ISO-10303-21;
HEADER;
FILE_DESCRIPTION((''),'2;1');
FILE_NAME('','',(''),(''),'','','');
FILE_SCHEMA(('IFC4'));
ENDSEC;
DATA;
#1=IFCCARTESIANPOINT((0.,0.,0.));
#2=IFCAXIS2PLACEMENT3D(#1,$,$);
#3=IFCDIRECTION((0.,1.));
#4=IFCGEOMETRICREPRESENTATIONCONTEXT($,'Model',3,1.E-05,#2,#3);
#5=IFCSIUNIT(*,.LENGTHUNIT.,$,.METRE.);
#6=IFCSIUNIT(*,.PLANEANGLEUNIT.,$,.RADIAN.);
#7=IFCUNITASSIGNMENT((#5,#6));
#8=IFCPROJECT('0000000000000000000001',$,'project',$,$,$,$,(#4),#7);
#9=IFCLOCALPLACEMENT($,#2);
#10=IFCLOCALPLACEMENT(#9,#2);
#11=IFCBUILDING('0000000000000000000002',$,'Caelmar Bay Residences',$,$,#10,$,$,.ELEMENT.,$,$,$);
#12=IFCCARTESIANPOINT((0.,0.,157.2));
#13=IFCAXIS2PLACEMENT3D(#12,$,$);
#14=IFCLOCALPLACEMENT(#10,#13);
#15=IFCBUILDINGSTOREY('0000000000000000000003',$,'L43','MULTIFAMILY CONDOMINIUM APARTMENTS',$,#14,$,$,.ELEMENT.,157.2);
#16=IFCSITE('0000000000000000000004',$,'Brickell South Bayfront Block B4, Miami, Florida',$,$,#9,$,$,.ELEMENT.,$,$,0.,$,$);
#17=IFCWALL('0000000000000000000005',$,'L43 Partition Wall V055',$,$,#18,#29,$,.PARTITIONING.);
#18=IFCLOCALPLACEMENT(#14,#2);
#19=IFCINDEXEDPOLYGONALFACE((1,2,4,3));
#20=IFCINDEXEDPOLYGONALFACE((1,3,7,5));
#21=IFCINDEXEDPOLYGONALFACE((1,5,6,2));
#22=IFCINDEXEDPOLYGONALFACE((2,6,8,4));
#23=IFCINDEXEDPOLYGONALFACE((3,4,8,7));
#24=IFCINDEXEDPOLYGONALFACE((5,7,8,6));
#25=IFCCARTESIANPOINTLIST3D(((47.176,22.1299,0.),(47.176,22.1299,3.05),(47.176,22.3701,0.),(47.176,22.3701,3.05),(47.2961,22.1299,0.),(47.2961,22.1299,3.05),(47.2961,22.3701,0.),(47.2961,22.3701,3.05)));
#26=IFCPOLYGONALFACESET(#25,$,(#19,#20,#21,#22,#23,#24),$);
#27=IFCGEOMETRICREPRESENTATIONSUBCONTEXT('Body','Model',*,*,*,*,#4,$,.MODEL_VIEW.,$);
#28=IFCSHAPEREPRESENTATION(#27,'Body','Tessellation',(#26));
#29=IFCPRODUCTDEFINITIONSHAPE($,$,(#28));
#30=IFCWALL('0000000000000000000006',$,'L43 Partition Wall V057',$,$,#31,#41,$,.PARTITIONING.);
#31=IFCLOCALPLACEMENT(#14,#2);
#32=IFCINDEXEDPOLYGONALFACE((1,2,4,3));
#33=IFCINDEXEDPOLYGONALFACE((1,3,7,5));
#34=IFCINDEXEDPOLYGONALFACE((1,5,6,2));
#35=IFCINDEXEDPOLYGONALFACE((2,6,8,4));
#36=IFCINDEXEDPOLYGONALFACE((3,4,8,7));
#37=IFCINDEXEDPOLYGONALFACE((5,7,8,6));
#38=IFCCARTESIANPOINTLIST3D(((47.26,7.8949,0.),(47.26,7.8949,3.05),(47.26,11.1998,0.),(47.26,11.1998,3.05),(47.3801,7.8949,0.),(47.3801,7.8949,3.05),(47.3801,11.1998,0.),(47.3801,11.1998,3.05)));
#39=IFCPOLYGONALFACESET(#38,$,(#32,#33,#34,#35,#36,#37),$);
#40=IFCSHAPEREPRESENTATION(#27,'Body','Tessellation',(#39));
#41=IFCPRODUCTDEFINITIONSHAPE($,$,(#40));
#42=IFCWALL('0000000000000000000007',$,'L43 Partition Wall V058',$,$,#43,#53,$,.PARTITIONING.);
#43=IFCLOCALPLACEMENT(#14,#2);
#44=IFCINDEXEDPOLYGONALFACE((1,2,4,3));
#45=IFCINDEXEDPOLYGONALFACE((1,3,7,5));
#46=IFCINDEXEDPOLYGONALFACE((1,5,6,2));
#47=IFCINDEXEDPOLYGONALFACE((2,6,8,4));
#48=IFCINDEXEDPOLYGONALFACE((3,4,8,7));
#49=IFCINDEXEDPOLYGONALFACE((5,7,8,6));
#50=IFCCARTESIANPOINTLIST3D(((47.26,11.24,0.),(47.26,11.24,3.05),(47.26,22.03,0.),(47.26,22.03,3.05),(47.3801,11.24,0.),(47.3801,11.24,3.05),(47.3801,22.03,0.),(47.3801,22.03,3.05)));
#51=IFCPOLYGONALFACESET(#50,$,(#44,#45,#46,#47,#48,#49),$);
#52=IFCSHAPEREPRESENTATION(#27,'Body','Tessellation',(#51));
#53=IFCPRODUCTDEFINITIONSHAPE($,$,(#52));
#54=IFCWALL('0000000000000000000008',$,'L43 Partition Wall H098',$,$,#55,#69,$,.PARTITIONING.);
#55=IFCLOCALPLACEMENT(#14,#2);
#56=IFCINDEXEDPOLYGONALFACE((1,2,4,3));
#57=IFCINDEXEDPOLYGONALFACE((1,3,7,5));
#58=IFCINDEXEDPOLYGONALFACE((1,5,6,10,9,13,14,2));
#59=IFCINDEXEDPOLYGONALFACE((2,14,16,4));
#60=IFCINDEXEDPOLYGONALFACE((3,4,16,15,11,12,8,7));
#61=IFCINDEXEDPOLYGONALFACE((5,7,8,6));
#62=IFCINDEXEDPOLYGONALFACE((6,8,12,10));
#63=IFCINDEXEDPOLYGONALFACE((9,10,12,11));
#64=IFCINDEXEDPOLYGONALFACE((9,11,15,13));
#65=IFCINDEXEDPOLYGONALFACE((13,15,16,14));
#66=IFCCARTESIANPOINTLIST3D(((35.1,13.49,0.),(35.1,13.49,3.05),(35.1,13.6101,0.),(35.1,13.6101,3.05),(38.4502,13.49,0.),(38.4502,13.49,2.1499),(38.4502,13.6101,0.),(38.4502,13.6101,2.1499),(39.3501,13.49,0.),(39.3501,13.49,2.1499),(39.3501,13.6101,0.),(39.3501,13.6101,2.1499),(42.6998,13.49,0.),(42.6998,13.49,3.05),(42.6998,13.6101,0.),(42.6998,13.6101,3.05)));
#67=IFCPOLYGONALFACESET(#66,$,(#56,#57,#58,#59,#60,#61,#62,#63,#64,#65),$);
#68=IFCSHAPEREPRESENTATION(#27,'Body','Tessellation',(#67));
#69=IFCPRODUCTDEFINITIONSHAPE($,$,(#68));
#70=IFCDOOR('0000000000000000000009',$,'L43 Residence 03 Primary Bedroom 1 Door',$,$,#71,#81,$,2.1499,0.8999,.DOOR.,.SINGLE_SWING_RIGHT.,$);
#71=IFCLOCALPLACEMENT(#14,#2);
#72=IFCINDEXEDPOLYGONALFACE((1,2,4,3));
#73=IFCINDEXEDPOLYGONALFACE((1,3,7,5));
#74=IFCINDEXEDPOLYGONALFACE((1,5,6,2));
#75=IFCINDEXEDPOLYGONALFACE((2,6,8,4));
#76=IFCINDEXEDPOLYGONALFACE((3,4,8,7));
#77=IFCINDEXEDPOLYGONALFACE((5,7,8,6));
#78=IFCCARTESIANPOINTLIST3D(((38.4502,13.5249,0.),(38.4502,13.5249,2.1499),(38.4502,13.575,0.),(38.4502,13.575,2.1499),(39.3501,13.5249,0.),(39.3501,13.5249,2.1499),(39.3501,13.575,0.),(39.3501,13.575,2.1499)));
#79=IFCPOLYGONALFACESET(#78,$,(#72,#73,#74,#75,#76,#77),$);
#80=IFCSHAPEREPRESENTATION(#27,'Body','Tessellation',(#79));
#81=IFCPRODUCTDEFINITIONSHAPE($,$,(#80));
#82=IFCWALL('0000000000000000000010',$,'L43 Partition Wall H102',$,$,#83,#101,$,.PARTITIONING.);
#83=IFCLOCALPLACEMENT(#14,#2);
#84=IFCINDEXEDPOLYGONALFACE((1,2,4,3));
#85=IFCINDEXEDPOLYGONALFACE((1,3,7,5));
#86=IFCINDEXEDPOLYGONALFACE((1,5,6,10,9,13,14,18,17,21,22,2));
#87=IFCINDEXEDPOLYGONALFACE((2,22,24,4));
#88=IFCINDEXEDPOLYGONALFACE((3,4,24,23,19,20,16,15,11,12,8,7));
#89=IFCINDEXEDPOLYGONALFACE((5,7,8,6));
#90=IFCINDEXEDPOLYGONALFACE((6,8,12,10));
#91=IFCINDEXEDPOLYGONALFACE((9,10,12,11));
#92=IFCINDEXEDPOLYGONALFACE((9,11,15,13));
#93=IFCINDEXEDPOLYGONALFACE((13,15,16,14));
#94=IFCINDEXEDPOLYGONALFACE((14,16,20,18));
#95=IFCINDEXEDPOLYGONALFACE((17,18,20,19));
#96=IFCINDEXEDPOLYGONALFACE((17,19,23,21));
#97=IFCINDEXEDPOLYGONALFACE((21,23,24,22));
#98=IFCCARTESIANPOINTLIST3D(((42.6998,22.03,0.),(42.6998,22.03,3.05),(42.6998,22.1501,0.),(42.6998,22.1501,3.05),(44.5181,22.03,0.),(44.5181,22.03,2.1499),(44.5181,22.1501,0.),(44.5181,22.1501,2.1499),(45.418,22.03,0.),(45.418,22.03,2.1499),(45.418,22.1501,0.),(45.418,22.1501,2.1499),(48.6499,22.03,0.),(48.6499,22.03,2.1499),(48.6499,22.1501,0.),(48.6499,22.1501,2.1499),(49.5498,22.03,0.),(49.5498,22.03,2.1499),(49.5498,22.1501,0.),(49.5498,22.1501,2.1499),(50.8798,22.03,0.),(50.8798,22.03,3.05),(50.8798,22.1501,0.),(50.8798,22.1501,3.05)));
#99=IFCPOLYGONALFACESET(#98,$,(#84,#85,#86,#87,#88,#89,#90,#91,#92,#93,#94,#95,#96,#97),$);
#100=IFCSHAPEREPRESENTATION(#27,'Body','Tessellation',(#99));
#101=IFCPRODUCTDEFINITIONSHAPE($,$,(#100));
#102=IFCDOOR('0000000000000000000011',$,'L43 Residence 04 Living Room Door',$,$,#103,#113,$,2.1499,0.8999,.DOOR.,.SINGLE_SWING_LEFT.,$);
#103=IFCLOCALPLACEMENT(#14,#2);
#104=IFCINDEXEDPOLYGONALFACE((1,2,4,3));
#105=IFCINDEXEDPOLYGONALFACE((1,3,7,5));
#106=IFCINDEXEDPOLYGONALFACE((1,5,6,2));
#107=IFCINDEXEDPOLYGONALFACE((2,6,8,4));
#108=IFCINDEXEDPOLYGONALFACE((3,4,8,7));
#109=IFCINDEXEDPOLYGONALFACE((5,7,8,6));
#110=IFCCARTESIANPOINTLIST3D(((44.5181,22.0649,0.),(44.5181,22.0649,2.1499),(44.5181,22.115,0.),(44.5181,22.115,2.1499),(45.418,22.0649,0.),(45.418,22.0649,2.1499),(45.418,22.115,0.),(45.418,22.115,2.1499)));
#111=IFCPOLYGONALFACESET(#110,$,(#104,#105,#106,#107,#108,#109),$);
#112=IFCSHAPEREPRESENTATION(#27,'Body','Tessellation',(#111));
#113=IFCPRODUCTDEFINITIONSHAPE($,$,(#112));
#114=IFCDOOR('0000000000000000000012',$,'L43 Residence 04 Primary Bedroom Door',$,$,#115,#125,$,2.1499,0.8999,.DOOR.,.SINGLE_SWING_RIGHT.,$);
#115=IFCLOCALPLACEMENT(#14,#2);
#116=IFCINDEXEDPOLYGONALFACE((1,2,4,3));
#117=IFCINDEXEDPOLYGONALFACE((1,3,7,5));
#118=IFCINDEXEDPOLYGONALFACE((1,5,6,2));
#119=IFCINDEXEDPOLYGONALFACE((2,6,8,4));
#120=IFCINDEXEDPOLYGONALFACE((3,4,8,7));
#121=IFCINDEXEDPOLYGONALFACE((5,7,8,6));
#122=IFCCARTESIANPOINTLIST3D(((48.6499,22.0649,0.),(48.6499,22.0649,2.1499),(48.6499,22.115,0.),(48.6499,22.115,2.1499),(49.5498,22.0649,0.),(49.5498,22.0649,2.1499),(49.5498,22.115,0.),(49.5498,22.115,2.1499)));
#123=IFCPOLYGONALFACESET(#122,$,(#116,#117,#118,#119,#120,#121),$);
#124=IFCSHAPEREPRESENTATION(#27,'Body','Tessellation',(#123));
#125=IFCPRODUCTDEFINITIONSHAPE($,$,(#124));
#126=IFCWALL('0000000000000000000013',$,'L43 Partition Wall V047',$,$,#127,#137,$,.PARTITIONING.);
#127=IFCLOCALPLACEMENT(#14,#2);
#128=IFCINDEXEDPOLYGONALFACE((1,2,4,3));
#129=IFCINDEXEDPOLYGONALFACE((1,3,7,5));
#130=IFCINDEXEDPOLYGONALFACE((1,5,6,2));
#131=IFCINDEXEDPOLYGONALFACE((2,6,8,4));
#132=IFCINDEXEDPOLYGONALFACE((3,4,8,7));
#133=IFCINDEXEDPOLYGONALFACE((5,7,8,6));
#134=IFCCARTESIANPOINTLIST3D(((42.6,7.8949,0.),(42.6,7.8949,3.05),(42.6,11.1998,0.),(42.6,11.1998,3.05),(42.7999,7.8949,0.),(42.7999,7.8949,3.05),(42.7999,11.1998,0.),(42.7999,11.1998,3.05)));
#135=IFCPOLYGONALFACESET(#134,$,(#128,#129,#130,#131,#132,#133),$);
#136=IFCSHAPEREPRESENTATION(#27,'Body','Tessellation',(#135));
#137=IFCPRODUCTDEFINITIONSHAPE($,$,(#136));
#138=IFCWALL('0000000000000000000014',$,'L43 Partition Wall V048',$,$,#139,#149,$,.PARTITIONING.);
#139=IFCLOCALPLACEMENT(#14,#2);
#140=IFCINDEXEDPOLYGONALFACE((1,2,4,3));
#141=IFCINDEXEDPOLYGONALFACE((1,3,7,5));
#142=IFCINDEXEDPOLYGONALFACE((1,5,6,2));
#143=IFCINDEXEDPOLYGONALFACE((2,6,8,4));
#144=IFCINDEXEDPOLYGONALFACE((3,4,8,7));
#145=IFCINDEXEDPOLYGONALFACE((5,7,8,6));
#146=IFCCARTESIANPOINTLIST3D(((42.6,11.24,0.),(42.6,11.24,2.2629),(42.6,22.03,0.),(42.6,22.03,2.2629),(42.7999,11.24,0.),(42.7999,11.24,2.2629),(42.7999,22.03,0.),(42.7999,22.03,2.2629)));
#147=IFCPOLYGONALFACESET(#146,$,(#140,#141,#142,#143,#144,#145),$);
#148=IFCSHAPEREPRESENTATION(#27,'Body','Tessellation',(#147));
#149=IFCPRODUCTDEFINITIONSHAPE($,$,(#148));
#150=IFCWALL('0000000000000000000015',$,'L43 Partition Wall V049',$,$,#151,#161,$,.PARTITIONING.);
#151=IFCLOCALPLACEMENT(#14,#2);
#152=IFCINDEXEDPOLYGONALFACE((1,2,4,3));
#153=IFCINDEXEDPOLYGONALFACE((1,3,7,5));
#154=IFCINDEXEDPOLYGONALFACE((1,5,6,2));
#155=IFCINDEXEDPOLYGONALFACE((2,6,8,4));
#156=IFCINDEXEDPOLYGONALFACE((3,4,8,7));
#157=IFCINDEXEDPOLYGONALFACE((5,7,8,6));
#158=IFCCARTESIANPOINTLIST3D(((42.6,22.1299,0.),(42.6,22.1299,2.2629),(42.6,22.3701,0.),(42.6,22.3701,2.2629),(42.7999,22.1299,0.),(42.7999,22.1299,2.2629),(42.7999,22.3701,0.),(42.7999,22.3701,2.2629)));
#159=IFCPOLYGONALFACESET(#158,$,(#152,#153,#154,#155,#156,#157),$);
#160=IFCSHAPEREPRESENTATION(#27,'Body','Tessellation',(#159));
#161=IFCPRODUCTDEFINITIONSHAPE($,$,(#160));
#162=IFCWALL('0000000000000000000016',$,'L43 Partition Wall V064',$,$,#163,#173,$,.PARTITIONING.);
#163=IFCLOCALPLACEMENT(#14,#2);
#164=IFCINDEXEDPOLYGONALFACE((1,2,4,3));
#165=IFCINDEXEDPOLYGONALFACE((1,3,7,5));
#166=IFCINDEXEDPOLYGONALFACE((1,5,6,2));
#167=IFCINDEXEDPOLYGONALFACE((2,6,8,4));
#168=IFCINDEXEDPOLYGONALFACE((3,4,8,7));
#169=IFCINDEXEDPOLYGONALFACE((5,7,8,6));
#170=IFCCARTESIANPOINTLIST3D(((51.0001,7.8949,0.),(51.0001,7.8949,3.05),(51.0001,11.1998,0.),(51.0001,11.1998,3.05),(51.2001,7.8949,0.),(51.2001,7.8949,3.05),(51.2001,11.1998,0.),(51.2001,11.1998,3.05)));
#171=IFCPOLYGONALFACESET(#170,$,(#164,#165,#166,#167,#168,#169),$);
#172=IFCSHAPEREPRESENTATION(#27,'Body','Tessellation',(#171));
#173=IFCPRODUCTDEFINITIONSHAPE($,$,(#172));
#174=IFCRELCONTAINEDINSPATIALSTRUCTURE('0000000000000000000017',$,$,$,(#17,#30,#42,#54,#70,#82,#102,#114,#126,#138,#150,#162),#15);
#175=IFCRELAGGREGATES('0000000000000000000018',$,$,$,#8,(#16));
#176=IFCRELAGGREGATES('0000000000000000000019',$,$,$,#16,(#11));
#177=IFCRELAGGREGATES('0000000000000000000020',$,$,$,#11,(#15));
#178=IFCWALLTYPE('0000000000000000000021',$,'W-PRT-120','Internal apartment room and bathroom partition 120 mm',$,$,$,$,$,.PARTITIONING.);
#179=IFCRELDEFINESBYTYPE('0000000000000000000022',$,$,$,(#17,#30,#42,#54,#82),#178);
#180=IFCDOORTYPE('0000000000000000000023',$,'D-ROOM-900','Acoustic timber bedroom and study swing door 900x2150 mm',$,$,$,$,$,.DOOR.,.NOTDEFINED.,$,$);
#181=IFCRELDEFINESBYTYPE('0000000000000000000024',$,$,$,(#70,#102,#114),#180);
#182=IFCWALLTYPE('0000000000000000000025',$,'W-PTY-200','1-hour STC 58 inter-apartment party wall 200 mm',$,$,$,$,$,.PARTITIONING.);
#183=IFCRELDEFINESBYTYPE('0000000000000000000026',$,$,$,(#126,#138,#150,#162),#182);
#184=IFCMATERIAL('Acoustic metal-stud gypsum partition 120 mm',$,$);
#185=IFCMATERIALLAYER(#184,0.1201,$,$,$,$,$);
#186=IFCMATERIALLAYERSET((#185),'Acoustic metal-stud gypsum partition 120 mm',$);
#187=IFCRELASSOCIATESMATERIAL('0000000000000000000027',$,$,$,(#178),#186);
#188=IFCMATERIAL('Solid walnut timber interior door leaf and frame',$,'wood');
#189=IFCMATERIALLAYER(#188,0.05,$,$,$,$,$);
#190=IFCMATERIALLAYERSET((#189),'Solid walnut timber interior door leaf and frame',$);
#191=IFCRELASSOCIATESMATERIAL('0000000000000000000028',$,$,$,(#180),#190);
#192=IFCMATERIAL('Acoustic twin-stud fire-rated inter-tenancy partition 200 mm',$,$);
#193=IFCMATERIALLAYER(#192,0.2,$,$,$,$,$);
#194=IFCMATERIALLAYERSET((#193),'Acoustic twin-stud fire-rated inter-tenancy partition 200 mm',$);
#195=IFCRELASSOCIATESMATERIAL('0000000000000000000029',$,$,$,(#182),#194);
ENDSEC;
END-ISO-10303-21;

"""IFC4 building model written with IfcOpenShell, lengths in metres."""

from ifc_helpers import new_model, si_unit, direction, frame, frame_2d, origin, place, context, subcontext, project, spatial, rectangle, extrude, material, layer, layer_set, type_object, element, fill, save


model = new_model("IFC4")

# Units and contexts
model_context = context("Model", 3, precision=1e-05, world=origin(), true_north=direction((0.0, 1.0)))
body_context = subcontext(model_context, "Body", "Model", "MODEL_VIEW")
ifc_project = project(units=[si_unit("LENGTHUNIT", "METRE"), si_unit("PLANEANGLEUNIT", "RADIAN")], contexts=[model_context])

# Site, building, storey
site_placement = place(None, origin())
site = spatial("IfcSite", under=ifc_project, at=site_placement, Name="Brickell South Bayfront Block B4, Miami, Florida", CompositionType="ELEMENT", RefElevation=0.0)
building_placement = place(site_placement, origin())
building = spatial("IfcBuilding", under=site, at=building_placement, Name="Caelmar Bay Residences", CompositionType="ELEMENT")
storey_placement = place(building_placement, frame((0.0, 0.0, 157.2)))
storey = spatial("IfcBuildingStorey", under=building, at=storey_placement, Name="L43", Description="MULTIFAMILY CONDOMINIUM APARTMENTS", CompositionType="ELEMENT", Elevation=157.2)

# Walls
ifc_material_1 = material(Name="Acoustic metal-stud gypsum partition 120 mm")
ifc_layer_1 = layer(ifc_material_1, 0.1201)
ifc_layer_set_1 = layer_set([ifc_layer_1], Name="Acoustic metal-stud gypsum partition 120 mm")
wall_type_1 = type_object("IfcWallType", Name="W-PRT-120", Description="Internal apartment room and bathroom partition 120 mm", PredefinedType="PARTITIONING", material=ifc_layer_set_1)
wall_1_placement = place(storey_placement, frame((47.2361, 22.1299, 0.0), z_axis=(0.0, 0.0, 1.0), x_axis=(0.0, 1.0, 0.0)))
element("IfcWall", 1, at=wall_1_placement, inside=storey, type_object=wall_type_1, Name="L43 Partition Wall V055", PredefinedType="PARTITIONING", context=body_context, shape_type="SweptSolid", body=[
    extrude(rectangle(XDim=0.2402, YDim=0.1201, at=frame_2d((0.1201, 0.0))), origin(), (0.0, 0.0, 1.0), 3.05),
])
wall_2_placement = place(storey_placement, frame((47.3201, 7.895, 0.0), z_axis=(0.0, 0.0, 1.0), x_axis=(0.0, 1.0, 0.0)))
element("IfcWall", 2, at=wall_2_placement, inside=storey, type_object=wall_type_1, Name="L43 Partition Wall V057", PredefinedType="PARTITIONING", context=body_context, shape_type="SweptSolid", body=[
    extrude(rectangle(XDim=3.3049, YDim=0.1201, at=frame_2d((1.6523, 0.0))), origin(), (0.0, 0.0, 1.0), 3.05),
])
wall_3_placement = place(storey_placement, frame((47.3201, 11.24, 0.0), z_axis=(0.0, 0.0, 1.0), x_axis=(0.0, 1.0, 0.0)))
element("IfcWall", 3, at=wall_3_placement, inside=storey, type_object=wall_type_1, Name="L43 Partition Wall V058", PredefinedType="PARTITIONING", context=body_context, shape_type="SweptSolid", body=[
    extrude(rectangle(XDim=10.79, YDim=0.1201, at=frame_2d((5.395, 0.0))), origin(), (0.0, 0.0, 1.0), 3.05),
])

# Wall, opening, door
wall_4_placement = place(storey_placement, frame((35.1001, 13.55, 0.0), z_axis=(0.0, 0.0, 1.0), x_axis=(1.0, 0.0, 0.0)))
wall_4 = element("IfcWall", 4, at=wall_4_placement, inside=storey, type_object=wall_type_1, Name="L43 Partition Wall H098", PredefinedType="PARTITIONING", context=body_context, shape_type="SweptSolid", body=[
    extrude(rectangle(XDim=7.5999, YDim=0.1201, at=frame_2d((3.7998, 0.0))), origin(), (0.0, 0.0, 1.0), 3.05),
])
opening_1_placement = place(wall_4_placement, frame((3.3501, 0.0, 0.0)))
opening_1 = element("IfcOpeningElement", 5, at=opening_1_placement, cuts=wall_4, PredefinedType="OPENING", context=body_context, shape_type="SweptSolid", body=[
    extrude(rectangle(XDim=0.8999, YDim=2.1499, at=frame_2d((0.45, 1.075))), frame((0.0, 0.0701, 0.0), z_axis=(0.0, -1.0, 0.0), x_axis=(1.0, 0.0, 0.0)), (0.0, 0.0, 1.0), 0.1401),
])
ifc_material_2 = material(Name="Solid walnut timber interior door leaf and frame", Category="wood")
ifc_layer_2 = layer(ifc_material_2, 0.05)
ifc_layer_set_2 = layer_set([ifc_layer_2], Name="Solid walnut timber interior door leaf and frame")
door_type = type_object("IfcDoorType", Name="D-ROOM-900", Description="Acoustic timber bedroom and study swing door 900x2150 mm", OperationType="NOTDEFINED", PredefinedType="DOOR", material=ifc_layer_set_2)
door_1_placement = place(opening_1_placement, origin())
door_1 = element("IfcDoor", 6, at=door_1_placement, inside=storey, type_object=door_type, Name="L43 Residence 03 Primary Bedroom 1 Door", OperationType="SINGLE_SWING_RIGHT", OverallHeight=2.1499, OverallWidth=0.8999, PredefinedType="DOOR", context=body_context, shape_type="SweptSolid", body=[
    extrude(rectangle(XDim=0.8999, YDim=2.1499, at=frame_2d((0.45, 1.075))), frame((0.0, 0.0249, 0.0), z_axis=(0.0, -1.0, 0.0), x_axis=(1.0, 0.0, 0.0)), (0.0, 0.0, 1.0), 0.05),
])
fill(opening_1, door_1)

# Wall, openings, doors
wall_5_placement = place(storey_placement, frame((42.7, 22.0901, 0.0), z_axis=(0.0, 0.0, 1.0), x_axis=(1.0, 0.0, 0.0)))
wall_5 = element("IfcWall", 7, at=wall_5_placement, inside=storey, type_object=wall_type_1, Name="L43 Partition Wall H102", PredefinedType="PARTITIONING", context=body_context, shape_type="SweptSolid", body=[
    extrude(rectangle(XDim=8.1799, YDim=0.1201, at=frame_2d((4.0898, 0.0))), origin(), (0.0, 0.0, 1.0), 3.05),
])
opening_2_placement = place(wall_5_placement, frame((1.8181, 0.0, 0.0)))
opening_2 = element("IfcOpeningElement", 8, at=opening_2_placement, cuts=wall_5, PredefinedType="OPENING", context=body_context, shape_type="SweptSolid", body=[
    extrude(rectangle(XDim=0.8999, YDim=2.1499, at=frame_2d((0.45, 1.075))), frame((0.0, 0.0701, 0.0), z_axis=(0.0, -1.0, 0.0), x_axis=(1.0, 0.0, 0.0)), (0.0, 0.0, 1.0), 0.1401),
])
opening_3_placement = place(wall_5_placement, frame((5.95, 0.0, 0.0)))
opening_3 = element("IfcOpeningElement", 9, at=opening_3_placement, cuts=wall_5, PredefinedType="OPENING", context=body_context, shape_type="SweptSolid", body=[
    extrude(rectangle(XDim=0.8999, YDim=2.1499, at=frame_2d((0.45, 1.075))), frame((0.0, 0.0701, 0.0), z_axis=(0.0, -1.0, 0.0), x_axis=(1.0, 0.0, 0.0)), (0.0, 0.0, 1.0), 0.1401),
])
door_2_placement = place(opening_2_placement, origin())
door_2 = element("IfcDoor", 10, at=door_2_placement, inside=storey, type_object=door_type, Name="L43 Residence 04 Living Room Door", OperationType="SINGLE_SWING_LEFT", OverallHeight=2.1499, OverallWidth=0.8999, PredefinedType="DOOR", context=body_context, shape_type="SweptSolid", body=[
    extrude(rectangle(XDim=0.8999, YDim=2.1499, at=frame_2d((0.45, 1.075))), frame((0.0, 0.0249, 0.0), z_axis=(0.0, -1.0, 0.0), x_axis=(1.0, 0.0, 0.0)), (0.0, 0.0, 1.0), 0.05),
])
fill(opening_2, door_2)
door_3_placement = place(opening_3_placement, origin())
door_3 = element("IfcDoor", 11, at=door_3_placement, inside=storey, type_object=door_type, Name="L43 Residence 04 Primary Bedroom Door", OperationType="SINGLE_SWING_RIGHT", OverallHeight=2.1499, OverallWidth=0.8999, PredefinedType="DOOR", context=body_context, shape_type="SweptSolid", body=[
    extrude(rectangle(XDim=0.8999, YDim=2.1499, at=frame_2d((0.45, 1.075))), frame((0.0, 0.0249, 0.0), z_axis=(0.0, -1.0, 0.0), x_axis=(1.0, 0.0, 0.0)), (0.0, 0.0, 1.0), 0.05),
])
fill(opening_3, door_3)

# Walls
ifc_material_3 = material(Name="Acoustic twin-stud fire-rated inter-tenancy partition 200 mm")
ifc_layer_3 = layer(ifc_material_3, 0.2)
ifc_layer_set_3 = layer_set([ifc_layer_3], Name="Acoustic twin-stud fire-rated inter-tenancy partition 200 mm")
wall_type_2 = type_object("IfcWallType", Name="W-PTY-200", Description="1-hour STC 58 inter-apartment party wall 200 mm", PredefinedType="PARTITIONING", material=ifc_layer_set_3)
wall_6_placement = place(storey_placement, frame((42.7, 7.895, 0.0), z_axis=(0.0, 0.0, 1.0), x_axis=(0.0, 1.0, 0.0)))
element("IfcWall", 12, at=wall_6_placement, inside=storey, type_object=wall_type_2, Name="L43 Partition Wall V047", PredefinedType="PARTITIONING", context=body_context, shape_type="SweptSolid", body=[
    extrude(rectangle(XDim=3.3049, YDim=0.2, at=frame_2d((1.6523, 0.0))), origin(), (0.0, 0.0, 1.0), 3.05),
])
wall_7_placement = place(storey_placement, frame((42.7, 11.24, 0.0), z_axis=(0.0, 0.0, 1.0), x_axis=(0.0, 1.0, 0.0)))
element("IfcWall", 13, at=wall_7_placement, inside=storey, type_object=wall_type_2, Name="L43 Partition Wall V048", PredefinedType="PARTITIONING", context=body_context, shape_type="SweptSolid", body=[
    extrude(rectangle(XDim=10.79, YDim=0.2, at=frame_2d((5.395, 0.0))), origin(), (0.0, 0.0, 1.0), 2.2629),
])
wall_8_placement = place(storey_placement, frame((42.7, 22.1299, 0.0), z_axis=(0.0, 0.0, 1.0), x_axis=(0.0, 1.0, 0.0)))
element("IfcWall", 14, at=wall_8_placement, inside=storey, type_object=wall_type_2, Name="L43 Partition Wall V049", PredefinedType="PARTITIONING", context=body_context, shape_type="SweptSolid", body=[
    extrude(rectangle(XDim=0.2402, YDim=0.2, at=frame_2d((0.1201, 0.0))), origin(), (0.0, 0.0, 1.0), 2.2629),
])
wall_9_placement = place(storey_placement, frame((51.1001, 7.895, 0.0), z_axis=(0.0, 0.0, 1.0), x_axis=(0.0, 1.0, 0.0)))
element("IfcWall", 15, at=wall_9_placement, inside=storey, type_object=wall_type_2, Name="L43 Partition Wall V064", PredefinedType="PARTITIONING", context=body_context, shape_type="SweptSolid", body=[
    extrude(rectangle(XDim=3.3049, YDim=0.2, at=frame_2d((1.6523, 0.0))), origin(), (0.0, 0.0, 1.0), 3.05),
])

save(model, "model.ifc")
